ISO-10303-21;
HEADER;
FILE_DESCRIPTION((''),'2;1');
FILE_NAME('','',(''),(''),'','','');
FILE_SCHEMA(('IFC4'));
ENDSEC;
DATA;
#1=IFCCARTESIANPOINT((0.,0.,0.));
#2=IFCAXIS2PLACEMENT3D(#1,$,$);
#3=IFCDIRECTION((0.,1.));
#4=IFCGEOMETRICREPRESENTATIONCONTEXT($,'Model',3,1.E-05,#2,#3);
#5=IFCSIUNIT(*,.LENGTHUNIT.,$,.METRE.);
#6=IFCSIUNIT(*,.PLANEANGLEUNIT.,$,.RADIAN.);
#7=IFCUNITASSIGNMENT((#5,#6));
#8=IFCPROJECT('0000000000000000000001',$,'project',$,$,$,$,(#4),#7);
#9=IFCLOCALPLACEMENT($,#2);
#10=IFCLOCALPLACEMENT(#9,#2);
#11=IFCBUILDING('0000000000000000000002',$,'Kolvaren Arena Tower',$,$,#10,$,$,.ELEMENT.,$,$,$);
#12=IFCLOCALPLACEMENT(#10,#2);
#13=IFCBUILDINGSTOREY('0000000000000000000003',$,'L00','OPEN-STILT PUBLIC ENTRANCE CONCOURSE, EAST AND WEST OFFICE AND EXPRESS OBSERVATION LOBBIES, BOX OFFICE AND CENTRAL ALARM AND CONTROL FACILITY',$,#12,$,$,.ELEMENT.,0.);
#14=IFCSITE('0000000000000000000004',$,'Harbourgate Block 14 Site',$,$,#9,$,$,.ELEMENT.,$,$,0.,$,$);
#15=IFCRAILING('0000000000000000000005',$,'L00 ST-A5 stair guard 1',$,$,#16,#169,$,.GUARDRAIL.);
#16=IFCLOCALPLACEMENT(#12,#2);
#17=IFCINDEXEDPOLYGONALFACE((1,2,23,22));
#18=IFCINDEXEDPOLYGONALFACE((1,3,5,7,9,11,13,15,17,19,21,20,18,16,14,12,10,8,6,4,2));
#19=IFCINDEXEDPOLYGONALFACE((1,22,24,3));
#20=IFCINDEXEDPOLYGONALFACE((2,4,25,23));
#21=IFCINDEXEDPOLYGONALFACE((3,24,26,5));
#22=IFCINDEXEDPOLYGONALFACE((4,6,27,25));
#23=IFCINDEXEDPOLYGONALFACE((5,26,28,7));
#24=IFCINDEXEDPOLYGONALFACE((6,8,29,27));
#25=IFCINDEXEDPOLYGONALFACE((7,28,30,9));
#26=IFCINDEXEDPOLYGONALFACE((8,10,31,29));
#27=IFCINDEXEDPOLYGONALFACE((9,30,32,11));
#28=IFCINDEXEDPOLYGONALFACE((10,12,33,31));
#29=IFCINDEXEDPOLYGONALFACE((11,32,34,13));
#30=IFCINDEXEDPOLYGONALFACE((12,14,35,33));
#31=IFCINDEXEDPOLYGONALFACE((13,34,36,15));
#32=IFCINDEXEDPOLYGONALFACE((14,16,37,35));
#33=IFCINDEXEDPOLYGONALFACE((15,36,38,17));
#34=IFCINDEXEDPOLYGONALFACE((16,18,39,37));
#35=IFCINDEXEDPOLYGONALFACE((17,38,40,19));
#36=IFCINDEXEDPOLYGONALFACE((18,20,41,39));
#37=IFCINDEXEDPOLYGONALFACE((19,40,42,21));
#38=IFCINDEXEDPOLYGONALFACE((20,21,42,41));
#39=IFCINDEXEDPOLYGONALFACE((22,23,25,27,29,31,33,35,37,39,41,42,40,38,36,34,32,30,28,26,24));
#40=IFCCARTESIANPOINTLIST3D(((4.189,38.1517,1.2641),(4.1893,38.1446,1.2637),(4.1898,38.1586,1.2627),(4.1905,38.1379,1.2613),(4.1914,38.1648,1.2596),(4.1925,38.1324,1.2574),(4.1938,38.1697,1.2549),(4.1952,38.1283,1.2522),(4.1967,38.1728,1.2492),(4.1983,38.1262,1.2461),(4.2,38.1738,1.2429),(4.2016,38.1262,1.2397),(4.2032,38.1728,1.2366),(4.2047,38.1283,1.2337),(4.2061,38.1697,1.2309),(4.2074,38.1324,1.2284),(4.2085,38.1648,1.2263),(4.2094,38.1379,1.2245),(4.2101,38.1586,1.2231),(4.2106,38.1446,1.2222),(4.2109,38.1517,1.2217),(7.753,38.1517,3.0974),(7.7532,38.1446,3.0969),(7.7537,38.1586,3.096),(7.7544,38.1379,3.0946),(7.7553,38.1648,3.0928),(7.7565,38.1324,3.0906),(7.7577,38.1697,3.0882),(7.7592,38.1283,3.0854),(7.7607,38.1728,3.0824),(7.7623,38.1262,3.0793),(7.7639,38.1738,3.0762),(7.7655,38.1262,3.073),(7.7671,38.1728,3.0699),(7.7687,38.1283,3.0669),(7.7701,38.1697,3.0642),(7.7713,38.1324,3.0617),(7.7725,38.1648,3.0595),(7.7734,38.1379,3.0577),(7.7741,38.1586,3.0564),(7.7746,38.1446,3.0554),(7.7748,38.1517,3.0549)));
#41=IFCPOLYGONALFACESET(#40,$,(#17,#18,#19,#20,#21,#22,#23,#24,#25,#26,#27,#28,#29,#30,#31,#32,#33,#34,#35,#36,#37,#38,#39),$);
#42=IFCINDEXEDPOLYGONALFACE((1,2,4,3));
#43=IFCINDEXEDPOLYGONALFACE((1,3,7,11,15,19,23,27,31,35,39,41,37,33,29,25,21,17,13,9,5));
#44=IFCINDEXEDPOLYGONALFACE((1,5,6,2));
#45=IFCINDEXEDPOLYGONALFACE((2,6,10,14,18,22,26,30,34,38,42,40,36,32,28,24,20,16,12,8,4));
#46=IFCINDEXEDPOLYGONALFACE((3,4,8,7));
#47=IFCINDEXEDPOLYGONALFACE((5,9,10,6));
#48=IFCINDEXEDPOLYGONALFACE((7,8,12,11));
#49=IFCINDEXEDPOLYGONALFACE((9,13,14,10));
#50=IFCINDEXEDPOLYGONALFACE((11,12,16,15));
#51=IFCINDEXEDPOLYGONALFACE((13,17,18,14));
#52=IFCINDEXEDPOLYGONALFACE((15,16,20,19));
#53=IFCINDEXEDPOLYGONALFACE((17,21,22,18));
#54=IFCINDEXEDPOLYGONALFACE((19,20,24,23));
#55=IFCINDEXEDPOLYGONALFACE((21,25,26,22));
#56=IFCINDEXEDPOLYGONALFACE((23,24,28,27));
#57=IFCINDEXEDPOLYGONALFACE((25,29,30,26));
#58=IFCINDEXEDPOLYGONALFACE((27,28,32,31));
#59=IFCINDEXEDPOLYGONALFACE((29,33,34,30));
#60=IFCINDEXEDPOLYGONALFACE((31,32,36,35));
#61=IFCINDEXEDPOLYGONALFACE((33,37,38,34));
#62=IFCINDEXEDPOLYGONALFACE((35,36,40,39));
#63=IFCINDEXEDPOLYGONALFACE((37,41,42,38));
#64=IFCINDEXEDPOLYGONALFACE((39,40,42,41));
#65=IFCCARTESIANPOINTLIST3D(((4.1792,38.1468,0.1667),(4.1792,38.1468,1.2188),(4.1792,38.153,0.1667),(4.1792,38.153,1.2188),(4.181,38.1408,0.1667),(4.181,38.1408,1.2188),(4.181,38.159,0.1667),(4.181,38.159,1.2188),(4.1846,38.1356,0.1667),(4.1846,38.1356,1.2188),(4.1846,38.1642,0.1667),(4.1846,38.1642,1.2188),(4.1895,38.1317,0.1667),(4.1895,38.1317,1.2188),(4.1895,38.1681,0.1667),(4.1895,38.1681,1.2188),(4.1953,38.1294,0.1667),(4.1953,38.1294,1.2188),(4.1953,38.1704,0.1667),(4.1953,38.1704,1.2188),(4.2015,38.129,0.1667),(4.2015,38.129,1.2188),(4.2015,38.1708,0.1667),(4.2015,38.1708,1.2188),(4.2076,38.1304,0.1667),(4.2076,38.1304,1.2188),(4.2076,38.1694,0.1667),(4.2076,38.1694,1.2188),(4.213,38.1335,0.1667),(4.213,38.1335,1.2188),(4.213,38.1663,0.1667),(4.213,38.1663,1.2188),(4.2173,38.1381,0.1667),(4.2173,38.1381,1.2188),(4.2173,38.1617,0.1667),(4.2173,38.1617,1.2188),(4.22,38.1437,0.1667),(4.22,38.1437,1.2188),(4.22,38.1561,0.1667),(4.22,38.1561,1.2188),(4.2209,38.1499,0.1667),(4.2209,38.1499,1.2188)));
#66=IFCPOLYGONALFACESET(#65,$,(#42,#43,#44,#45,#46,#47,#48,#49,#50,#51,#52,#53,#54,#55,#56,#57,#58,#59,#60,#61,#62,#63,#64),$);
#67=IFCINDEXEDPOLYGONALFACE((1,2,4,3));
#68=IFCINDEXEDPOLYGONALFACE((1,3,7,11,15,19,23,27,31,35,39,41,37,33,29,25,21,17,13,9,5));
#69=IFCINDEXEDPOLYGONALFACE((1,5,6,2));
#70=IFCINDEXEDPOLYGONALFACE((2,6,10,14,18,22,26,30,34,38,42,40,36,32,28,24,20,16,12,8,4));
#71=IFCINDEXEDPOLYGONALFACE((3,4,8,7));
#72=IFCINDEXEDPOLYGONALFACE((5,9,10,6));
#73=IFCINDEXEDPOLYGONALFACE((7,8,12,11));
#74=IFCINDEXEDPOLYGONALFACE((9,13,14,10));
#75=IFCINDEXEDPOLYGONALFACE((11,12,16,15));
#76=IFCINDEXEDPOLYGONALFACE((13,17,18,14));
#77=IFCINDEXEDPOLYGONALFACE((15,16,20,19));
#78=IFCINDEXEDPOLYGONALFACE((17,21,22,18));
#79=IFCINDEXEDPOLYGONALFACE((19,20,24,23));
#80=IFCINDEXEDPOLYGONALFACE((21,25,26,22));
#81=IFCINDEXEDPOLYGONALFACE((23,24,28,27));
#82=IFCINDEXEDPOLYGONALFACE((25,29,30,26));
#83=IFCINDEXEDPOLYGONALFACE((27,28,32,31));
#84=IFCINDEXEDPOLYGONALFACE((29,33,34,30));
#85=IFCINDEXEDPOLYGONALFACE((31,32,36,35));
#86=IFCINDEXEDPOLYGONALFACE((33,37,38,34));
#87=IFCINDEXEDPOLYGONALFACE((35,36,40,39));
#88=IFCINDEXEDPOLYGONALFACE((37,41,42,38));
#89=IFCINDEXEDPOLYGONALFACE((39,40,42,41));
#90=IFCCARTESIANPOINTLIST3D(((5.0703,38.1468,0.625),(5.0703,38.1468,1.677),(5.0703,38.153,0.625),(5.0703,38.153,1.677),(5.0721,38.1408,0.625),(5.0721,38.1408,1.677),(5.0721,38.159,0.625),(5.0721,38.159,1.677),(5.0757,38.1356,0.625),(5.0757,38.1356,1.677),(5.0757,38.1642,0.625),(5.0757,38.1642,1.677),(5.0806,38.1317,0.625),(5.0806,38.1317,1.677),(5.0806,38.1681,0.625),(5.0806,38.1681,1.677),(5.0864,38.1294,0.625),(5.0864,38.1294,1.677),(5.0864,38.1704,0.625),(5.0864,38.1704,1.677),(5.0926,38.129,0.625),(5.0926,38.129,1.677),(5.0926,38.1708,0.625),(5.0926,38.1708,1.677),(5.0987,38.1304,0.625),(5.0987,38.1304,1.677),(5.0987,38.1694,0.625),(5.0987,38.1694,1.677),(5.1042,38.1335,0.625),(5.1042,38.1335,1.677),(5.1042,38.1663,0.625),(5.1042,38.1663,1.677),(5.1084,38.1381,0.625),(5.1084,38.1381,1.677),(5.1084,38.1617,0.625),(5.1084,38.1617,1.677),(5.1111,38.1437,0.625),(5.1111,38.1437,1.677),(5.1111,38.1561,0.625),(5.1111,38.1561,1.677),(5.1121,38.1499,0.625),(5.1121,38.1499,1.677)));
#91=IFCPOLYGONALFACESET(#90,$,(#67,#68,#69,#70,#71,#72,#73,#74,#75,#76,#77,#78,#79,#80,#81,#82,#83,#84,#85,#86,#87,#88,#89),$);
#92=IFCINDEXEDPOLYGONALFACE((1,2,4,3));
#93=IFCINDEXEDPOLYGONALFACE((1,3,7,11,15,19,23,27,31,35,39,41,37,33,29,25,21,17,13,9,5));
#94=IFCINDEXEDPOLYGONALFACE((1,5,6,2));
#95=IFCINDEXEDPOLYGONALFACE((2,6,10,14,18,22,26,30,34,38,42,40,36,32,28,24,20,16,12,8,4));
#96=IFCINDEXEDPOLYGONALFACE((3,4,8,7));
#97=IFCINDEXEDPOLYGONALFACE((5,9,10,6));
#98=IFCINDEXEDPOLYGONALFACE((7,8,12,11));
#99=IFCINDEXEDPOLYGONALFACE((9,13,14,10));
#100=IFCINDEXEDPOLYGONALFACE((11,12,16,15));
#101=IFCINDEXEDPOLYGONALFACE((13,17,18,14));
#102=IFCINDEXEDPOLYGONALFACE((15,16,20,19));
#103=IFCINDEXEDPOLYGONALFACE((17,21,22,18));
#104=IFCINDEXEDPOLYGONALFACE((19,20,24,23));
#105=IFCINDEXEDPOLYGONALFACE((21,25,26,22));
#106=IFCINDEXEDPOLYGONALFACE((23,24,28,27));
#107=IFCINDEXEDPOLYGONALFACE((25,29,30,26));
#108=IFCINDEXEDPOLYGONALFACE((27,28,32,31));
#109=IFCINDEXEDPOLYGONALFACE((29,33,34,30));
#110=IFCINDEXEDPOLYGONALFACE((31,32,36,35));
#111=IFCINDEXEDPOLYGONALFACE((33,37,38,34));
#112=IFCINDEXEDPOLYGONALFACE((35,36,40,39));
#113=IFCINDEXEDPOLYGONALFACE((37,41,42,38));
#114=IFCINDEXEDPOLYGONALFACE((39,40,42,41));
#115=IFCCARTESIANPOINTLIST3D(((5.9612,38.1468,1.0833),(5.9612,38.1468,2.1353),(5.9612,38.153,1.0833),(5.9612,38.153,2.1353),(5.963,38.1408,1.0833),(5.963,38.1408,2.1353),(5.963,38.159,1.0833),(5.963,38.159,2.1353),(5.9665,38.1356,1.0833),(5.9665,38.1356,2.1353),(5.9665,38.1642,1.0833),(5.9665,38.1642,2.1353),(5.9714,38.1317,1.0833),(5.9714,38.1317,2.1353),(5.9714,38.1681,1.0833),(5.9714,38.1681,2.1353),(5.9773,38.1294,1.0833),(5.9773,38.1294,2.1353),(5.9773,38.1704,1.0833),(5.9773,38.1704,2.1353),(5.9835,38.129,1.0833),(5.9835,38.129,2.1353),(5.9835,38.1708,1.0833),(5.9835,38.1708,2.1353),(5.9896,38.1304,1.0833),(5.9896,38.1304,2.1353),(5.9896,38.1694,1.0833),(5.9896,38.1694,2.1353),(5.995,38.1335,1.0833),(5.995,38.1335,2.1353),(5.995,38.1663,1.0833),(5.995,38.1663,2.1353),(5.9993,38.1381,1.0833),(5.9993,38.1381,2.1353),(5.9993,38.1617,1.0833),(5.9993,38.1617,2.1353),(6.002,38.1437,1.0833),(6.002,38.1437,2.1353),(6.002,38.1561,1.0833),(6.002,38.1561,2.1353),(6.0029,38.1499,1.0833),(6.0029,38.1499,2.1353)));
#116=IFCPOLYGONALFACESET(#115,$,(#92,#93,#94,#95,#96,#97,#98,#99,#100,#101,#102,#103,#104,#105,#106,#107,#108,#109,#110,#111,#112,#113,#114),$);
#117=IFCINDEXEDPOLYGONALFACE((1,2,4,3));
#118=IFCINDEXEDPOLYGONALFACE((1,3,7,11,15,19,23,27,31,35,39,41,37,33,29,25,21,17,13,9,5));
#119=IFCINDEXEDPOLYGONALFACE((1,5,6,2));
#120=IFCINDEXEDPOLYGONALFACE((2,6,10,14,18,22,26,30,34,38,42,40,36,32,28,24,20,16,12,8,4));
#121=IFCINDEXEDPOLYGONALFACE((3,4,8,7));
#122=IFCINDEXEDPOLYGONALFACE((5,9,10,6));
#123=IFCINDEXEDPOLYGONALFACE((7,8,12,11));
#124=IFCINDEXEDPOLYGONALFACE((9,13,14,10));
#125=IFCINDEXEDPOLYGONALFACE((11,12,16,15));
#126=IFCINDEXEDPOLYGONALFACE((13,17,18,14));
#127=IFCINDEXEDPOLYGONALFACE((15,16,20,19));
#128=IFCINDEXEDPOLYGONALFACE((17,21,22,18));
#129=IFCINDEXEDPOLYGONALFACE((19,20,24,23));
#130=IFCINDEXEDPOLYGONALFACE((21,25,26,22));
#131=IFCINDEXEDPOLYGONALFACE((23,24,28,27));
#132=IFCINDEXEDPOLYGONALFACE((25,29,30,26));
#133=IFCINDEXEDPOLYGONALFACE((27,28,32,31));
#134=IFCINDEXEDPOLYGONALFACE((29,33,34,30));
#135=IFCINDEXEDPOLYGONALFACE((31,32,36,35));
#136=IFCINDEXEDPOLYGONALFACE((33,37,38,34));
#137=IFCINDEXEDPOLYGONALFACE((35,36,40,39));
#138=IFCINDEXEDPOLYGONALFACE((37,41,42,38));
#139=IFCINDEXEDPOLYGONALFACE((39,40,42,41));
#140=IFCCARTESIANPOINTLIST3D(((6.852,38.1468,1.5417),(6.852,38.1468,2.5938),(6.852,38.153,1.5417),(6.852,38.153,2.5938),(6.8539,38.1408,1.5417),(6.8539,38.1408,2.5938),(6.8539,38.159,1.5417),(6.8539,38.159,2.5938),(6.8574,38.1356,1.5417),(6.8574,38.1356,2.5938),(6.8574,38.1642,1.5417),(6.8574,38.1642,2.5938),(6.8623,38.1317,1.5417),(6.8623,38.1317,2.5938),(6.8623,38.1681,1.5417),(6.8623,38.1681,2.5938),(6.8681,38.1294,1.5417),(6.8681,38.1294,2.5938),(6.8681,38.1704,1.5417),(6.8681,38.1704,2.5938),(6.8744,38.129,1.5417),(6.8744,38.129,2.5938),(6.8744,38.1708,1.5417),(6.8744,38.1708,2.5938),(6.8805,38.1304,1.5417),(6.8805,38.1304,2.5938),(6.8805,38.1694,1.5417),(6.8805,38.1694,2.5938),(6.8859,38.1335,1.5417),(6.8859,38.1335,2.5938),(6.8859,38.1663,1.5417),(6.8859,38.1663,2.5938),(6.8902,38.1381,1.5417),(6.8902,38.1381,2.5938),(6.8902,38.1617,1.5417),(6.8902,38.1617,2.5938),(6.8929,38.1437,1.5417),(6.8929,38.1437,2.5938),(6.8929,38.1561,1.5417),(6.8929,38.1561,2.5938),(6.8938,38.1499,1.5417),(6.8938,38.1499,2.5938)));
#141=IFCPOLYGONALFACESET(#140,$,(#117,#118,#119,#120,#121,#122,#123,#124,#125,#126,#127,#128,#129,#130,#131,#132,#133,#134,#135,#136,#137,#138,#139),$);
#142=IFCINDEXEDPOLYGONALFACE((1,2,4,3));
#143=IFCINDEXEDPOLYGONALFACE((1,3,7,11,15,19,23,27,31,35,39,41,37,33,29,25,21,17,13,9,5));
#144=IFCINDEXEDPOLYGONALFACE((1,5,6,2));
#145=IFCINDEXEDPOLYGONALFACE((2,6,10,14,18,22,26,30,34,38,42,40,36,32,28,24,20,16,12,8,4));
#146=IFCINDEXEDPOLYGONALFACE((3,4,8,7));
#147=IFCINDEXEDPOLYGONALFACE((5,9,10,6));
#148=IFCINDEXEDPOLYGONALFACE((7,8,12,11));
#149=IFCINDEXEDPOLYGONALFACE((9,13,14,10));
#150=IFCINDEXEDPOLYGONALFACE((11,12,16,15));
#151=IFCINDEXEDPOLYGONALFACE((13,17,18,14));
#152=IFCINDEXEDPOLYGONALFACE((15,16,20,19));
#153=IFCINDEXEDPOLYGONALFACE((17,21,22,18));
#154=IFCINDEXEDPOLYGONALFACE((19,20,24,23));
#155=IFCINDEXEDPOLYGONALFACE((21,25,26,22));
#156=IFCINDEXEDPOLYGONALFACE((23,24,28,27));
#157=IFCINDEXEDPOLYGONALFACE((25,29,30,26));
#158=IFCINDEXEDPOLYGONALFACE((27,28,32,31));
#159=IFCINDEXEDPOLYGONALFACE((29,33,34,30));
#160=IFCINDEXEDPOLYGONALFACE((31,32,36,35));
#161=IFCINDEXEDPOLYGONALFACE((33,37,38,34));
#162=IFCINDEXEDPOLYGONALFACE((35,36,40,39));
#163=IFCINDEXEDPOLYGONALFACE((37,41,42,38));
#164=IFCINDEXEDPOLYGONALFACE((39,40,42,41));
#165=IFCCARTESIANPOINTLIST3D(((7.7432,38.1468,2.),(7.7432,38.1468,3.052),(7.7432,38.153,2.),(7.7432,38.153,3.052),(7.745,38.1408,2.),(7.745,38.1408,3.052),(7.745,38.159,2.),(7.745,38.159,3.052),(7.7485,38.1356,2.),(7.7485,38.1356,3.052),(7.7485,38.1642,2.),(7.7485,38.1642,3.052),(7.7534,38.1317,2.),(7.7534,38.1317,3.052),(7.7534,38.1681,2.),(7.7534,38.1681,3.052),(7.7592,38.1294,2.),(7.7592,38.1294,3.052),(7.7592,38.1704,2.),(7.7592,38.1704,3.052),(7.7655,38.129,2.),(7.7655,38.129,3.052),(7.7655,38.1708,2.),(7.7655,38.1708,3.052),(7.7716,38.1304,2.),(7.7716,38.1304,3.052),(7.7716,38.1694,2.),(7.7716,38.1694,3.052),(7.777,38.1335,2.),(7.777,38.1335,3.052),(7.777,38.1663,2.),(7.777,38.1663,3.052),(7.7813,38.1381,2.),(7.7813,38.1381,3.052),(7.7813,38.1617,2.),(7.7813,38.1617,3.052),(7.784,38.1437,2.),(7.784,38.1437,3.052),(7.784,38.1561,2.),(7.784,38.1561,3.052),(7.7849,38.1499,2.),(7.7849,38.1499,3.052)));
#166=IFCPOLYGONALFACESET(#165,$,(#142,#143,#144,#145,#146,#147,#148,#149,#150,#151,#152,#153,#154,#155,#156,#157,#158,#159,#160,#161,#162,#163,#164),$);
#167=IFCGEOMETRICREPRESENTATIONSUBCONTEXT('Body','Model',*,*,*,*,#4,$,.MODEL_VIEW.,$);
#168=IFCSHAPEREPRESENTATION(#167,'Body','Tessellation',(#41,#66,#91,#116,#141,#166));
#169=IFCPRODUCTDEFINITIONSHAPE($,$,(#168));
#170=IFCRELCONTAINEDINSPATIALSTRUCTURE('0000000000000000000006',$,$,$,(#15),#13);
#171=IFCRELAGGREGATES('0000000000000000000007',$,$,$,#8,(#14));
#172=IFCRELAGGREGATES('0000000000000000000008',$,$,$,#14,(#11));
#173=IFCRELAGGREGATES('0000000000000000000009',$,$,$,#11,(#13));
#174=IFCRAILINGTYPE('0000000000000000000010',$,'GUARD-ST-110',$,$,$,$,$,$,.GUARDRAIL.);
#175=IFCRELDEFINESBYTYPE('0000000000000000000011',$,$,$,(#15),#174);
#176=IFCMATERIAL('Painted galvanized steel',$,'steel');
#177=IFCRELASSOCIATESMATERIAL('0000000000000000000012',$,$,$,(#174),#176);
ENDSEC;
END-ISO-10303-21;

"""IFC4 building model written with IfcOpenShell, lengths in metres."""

from ifc_helpers import new_model, si_unit, direction, frame, origin, origin_2d, place, context, subcontext, project, spatial, circle, extrude, material, type_object, element, save


model = new_model("IFC4")

# Units and contexts
model_context = context("Model", 3, precision=1e-05, world=origin(), true_north=direction((0.0, 1.0)))
body_context = subcontext(model_context, "Body", "Model", "MODEL_VIEW")
ifc_project = project(units=[si_unit("LENGTHUNIT", "METRE"), si_unit("PLANEANGLEUNIT", "RADIAN")], contexts=[model_context])

# Site, building, storey
site_placement = place(None, origin())
site = spatial("IfcSite", under=ifc_project, at=site_placement, Name="Harbourgate Block 14 Site", CompositionType="ELEMENT", RefElevation=0.0)
building_placement = place(site_placement, origin())
building = spatial("IfcBuilding", under=site, at=building_placement, Name="Kolvaren Arena Tower", CompositionType="ELEMENT")
storey_placement = place(building_placement, origin())
storey = spatial("IfcBuildingStorey", under=building, at=storey_placement, Name="L00", Description="OPEN-STILT PUBLIC ENTRANCE CONCOURSE, EAST AND WEST OFFICE AND EXPRESS OBSERVATION LOBBIES, BOX OFFICE AND CENTRAL ALARM AND CONTROL FACILITY", CompositionType="ELEMENT", Elevation=0.0)

# Railing
ifc_material_1 = material(Name="Painted galvanized steel", Category="steel")
railing_type_1 = type_object("IfcRailingType", Name="GUARD-ST-110", PredefinedType="GUARDRAIL", material=ifc_material_1)
railing_1_placement = place(storey_placement, frame((4.2, 38.1499, 0.1667)))
element("IfcRailing", 1, at=railing_1_placement, inside=storey, type_object=railing_type_1, Name="L00 ST-A5 stair guard 1", PredefinedType="GUARDRAIL", context=body_context, shape_type="SweptSolid", body=[
    extrude(circle(Radius=0.0239, at=origin_2d()), frame((0.0, 0.0, 1.0762), z_axis=(0.889252, 0.0, 0.457418), x_axis=(0.0, 1.0, 0.0)), (0.0, 0.0, 1.0), 4.0078),
    extrude(circle(Radius=0.021, at=origin_2d()), origin(), (0.0, 0.0, 1.0), 1.052),
    extrude(circle(Radius=0.021, at=origin_2d()), frame((0.8911, 0.0, 0.4583)), (0.0, 0.0, 1.0), 1.052),
    extrude(circle(Radius=0.021, at=origin_2d()), frame((1.782, 0.0, 0.9165)), (0.0, 0.0, 1.0), 1.052),
    extrude(circle(Radius=0.021, at=origin_2d()), frame((2.6729, 0.0, 1.375)), (0.0, 0.0, 1.0), 1.052),
    extrude(circle(Radius=0.021, at=origin_2d()), frame((3.564, 0.0, 1.8333)), (0.0, 0.0, 1.0), 1.052),
])

save(model, "model.ifc")
